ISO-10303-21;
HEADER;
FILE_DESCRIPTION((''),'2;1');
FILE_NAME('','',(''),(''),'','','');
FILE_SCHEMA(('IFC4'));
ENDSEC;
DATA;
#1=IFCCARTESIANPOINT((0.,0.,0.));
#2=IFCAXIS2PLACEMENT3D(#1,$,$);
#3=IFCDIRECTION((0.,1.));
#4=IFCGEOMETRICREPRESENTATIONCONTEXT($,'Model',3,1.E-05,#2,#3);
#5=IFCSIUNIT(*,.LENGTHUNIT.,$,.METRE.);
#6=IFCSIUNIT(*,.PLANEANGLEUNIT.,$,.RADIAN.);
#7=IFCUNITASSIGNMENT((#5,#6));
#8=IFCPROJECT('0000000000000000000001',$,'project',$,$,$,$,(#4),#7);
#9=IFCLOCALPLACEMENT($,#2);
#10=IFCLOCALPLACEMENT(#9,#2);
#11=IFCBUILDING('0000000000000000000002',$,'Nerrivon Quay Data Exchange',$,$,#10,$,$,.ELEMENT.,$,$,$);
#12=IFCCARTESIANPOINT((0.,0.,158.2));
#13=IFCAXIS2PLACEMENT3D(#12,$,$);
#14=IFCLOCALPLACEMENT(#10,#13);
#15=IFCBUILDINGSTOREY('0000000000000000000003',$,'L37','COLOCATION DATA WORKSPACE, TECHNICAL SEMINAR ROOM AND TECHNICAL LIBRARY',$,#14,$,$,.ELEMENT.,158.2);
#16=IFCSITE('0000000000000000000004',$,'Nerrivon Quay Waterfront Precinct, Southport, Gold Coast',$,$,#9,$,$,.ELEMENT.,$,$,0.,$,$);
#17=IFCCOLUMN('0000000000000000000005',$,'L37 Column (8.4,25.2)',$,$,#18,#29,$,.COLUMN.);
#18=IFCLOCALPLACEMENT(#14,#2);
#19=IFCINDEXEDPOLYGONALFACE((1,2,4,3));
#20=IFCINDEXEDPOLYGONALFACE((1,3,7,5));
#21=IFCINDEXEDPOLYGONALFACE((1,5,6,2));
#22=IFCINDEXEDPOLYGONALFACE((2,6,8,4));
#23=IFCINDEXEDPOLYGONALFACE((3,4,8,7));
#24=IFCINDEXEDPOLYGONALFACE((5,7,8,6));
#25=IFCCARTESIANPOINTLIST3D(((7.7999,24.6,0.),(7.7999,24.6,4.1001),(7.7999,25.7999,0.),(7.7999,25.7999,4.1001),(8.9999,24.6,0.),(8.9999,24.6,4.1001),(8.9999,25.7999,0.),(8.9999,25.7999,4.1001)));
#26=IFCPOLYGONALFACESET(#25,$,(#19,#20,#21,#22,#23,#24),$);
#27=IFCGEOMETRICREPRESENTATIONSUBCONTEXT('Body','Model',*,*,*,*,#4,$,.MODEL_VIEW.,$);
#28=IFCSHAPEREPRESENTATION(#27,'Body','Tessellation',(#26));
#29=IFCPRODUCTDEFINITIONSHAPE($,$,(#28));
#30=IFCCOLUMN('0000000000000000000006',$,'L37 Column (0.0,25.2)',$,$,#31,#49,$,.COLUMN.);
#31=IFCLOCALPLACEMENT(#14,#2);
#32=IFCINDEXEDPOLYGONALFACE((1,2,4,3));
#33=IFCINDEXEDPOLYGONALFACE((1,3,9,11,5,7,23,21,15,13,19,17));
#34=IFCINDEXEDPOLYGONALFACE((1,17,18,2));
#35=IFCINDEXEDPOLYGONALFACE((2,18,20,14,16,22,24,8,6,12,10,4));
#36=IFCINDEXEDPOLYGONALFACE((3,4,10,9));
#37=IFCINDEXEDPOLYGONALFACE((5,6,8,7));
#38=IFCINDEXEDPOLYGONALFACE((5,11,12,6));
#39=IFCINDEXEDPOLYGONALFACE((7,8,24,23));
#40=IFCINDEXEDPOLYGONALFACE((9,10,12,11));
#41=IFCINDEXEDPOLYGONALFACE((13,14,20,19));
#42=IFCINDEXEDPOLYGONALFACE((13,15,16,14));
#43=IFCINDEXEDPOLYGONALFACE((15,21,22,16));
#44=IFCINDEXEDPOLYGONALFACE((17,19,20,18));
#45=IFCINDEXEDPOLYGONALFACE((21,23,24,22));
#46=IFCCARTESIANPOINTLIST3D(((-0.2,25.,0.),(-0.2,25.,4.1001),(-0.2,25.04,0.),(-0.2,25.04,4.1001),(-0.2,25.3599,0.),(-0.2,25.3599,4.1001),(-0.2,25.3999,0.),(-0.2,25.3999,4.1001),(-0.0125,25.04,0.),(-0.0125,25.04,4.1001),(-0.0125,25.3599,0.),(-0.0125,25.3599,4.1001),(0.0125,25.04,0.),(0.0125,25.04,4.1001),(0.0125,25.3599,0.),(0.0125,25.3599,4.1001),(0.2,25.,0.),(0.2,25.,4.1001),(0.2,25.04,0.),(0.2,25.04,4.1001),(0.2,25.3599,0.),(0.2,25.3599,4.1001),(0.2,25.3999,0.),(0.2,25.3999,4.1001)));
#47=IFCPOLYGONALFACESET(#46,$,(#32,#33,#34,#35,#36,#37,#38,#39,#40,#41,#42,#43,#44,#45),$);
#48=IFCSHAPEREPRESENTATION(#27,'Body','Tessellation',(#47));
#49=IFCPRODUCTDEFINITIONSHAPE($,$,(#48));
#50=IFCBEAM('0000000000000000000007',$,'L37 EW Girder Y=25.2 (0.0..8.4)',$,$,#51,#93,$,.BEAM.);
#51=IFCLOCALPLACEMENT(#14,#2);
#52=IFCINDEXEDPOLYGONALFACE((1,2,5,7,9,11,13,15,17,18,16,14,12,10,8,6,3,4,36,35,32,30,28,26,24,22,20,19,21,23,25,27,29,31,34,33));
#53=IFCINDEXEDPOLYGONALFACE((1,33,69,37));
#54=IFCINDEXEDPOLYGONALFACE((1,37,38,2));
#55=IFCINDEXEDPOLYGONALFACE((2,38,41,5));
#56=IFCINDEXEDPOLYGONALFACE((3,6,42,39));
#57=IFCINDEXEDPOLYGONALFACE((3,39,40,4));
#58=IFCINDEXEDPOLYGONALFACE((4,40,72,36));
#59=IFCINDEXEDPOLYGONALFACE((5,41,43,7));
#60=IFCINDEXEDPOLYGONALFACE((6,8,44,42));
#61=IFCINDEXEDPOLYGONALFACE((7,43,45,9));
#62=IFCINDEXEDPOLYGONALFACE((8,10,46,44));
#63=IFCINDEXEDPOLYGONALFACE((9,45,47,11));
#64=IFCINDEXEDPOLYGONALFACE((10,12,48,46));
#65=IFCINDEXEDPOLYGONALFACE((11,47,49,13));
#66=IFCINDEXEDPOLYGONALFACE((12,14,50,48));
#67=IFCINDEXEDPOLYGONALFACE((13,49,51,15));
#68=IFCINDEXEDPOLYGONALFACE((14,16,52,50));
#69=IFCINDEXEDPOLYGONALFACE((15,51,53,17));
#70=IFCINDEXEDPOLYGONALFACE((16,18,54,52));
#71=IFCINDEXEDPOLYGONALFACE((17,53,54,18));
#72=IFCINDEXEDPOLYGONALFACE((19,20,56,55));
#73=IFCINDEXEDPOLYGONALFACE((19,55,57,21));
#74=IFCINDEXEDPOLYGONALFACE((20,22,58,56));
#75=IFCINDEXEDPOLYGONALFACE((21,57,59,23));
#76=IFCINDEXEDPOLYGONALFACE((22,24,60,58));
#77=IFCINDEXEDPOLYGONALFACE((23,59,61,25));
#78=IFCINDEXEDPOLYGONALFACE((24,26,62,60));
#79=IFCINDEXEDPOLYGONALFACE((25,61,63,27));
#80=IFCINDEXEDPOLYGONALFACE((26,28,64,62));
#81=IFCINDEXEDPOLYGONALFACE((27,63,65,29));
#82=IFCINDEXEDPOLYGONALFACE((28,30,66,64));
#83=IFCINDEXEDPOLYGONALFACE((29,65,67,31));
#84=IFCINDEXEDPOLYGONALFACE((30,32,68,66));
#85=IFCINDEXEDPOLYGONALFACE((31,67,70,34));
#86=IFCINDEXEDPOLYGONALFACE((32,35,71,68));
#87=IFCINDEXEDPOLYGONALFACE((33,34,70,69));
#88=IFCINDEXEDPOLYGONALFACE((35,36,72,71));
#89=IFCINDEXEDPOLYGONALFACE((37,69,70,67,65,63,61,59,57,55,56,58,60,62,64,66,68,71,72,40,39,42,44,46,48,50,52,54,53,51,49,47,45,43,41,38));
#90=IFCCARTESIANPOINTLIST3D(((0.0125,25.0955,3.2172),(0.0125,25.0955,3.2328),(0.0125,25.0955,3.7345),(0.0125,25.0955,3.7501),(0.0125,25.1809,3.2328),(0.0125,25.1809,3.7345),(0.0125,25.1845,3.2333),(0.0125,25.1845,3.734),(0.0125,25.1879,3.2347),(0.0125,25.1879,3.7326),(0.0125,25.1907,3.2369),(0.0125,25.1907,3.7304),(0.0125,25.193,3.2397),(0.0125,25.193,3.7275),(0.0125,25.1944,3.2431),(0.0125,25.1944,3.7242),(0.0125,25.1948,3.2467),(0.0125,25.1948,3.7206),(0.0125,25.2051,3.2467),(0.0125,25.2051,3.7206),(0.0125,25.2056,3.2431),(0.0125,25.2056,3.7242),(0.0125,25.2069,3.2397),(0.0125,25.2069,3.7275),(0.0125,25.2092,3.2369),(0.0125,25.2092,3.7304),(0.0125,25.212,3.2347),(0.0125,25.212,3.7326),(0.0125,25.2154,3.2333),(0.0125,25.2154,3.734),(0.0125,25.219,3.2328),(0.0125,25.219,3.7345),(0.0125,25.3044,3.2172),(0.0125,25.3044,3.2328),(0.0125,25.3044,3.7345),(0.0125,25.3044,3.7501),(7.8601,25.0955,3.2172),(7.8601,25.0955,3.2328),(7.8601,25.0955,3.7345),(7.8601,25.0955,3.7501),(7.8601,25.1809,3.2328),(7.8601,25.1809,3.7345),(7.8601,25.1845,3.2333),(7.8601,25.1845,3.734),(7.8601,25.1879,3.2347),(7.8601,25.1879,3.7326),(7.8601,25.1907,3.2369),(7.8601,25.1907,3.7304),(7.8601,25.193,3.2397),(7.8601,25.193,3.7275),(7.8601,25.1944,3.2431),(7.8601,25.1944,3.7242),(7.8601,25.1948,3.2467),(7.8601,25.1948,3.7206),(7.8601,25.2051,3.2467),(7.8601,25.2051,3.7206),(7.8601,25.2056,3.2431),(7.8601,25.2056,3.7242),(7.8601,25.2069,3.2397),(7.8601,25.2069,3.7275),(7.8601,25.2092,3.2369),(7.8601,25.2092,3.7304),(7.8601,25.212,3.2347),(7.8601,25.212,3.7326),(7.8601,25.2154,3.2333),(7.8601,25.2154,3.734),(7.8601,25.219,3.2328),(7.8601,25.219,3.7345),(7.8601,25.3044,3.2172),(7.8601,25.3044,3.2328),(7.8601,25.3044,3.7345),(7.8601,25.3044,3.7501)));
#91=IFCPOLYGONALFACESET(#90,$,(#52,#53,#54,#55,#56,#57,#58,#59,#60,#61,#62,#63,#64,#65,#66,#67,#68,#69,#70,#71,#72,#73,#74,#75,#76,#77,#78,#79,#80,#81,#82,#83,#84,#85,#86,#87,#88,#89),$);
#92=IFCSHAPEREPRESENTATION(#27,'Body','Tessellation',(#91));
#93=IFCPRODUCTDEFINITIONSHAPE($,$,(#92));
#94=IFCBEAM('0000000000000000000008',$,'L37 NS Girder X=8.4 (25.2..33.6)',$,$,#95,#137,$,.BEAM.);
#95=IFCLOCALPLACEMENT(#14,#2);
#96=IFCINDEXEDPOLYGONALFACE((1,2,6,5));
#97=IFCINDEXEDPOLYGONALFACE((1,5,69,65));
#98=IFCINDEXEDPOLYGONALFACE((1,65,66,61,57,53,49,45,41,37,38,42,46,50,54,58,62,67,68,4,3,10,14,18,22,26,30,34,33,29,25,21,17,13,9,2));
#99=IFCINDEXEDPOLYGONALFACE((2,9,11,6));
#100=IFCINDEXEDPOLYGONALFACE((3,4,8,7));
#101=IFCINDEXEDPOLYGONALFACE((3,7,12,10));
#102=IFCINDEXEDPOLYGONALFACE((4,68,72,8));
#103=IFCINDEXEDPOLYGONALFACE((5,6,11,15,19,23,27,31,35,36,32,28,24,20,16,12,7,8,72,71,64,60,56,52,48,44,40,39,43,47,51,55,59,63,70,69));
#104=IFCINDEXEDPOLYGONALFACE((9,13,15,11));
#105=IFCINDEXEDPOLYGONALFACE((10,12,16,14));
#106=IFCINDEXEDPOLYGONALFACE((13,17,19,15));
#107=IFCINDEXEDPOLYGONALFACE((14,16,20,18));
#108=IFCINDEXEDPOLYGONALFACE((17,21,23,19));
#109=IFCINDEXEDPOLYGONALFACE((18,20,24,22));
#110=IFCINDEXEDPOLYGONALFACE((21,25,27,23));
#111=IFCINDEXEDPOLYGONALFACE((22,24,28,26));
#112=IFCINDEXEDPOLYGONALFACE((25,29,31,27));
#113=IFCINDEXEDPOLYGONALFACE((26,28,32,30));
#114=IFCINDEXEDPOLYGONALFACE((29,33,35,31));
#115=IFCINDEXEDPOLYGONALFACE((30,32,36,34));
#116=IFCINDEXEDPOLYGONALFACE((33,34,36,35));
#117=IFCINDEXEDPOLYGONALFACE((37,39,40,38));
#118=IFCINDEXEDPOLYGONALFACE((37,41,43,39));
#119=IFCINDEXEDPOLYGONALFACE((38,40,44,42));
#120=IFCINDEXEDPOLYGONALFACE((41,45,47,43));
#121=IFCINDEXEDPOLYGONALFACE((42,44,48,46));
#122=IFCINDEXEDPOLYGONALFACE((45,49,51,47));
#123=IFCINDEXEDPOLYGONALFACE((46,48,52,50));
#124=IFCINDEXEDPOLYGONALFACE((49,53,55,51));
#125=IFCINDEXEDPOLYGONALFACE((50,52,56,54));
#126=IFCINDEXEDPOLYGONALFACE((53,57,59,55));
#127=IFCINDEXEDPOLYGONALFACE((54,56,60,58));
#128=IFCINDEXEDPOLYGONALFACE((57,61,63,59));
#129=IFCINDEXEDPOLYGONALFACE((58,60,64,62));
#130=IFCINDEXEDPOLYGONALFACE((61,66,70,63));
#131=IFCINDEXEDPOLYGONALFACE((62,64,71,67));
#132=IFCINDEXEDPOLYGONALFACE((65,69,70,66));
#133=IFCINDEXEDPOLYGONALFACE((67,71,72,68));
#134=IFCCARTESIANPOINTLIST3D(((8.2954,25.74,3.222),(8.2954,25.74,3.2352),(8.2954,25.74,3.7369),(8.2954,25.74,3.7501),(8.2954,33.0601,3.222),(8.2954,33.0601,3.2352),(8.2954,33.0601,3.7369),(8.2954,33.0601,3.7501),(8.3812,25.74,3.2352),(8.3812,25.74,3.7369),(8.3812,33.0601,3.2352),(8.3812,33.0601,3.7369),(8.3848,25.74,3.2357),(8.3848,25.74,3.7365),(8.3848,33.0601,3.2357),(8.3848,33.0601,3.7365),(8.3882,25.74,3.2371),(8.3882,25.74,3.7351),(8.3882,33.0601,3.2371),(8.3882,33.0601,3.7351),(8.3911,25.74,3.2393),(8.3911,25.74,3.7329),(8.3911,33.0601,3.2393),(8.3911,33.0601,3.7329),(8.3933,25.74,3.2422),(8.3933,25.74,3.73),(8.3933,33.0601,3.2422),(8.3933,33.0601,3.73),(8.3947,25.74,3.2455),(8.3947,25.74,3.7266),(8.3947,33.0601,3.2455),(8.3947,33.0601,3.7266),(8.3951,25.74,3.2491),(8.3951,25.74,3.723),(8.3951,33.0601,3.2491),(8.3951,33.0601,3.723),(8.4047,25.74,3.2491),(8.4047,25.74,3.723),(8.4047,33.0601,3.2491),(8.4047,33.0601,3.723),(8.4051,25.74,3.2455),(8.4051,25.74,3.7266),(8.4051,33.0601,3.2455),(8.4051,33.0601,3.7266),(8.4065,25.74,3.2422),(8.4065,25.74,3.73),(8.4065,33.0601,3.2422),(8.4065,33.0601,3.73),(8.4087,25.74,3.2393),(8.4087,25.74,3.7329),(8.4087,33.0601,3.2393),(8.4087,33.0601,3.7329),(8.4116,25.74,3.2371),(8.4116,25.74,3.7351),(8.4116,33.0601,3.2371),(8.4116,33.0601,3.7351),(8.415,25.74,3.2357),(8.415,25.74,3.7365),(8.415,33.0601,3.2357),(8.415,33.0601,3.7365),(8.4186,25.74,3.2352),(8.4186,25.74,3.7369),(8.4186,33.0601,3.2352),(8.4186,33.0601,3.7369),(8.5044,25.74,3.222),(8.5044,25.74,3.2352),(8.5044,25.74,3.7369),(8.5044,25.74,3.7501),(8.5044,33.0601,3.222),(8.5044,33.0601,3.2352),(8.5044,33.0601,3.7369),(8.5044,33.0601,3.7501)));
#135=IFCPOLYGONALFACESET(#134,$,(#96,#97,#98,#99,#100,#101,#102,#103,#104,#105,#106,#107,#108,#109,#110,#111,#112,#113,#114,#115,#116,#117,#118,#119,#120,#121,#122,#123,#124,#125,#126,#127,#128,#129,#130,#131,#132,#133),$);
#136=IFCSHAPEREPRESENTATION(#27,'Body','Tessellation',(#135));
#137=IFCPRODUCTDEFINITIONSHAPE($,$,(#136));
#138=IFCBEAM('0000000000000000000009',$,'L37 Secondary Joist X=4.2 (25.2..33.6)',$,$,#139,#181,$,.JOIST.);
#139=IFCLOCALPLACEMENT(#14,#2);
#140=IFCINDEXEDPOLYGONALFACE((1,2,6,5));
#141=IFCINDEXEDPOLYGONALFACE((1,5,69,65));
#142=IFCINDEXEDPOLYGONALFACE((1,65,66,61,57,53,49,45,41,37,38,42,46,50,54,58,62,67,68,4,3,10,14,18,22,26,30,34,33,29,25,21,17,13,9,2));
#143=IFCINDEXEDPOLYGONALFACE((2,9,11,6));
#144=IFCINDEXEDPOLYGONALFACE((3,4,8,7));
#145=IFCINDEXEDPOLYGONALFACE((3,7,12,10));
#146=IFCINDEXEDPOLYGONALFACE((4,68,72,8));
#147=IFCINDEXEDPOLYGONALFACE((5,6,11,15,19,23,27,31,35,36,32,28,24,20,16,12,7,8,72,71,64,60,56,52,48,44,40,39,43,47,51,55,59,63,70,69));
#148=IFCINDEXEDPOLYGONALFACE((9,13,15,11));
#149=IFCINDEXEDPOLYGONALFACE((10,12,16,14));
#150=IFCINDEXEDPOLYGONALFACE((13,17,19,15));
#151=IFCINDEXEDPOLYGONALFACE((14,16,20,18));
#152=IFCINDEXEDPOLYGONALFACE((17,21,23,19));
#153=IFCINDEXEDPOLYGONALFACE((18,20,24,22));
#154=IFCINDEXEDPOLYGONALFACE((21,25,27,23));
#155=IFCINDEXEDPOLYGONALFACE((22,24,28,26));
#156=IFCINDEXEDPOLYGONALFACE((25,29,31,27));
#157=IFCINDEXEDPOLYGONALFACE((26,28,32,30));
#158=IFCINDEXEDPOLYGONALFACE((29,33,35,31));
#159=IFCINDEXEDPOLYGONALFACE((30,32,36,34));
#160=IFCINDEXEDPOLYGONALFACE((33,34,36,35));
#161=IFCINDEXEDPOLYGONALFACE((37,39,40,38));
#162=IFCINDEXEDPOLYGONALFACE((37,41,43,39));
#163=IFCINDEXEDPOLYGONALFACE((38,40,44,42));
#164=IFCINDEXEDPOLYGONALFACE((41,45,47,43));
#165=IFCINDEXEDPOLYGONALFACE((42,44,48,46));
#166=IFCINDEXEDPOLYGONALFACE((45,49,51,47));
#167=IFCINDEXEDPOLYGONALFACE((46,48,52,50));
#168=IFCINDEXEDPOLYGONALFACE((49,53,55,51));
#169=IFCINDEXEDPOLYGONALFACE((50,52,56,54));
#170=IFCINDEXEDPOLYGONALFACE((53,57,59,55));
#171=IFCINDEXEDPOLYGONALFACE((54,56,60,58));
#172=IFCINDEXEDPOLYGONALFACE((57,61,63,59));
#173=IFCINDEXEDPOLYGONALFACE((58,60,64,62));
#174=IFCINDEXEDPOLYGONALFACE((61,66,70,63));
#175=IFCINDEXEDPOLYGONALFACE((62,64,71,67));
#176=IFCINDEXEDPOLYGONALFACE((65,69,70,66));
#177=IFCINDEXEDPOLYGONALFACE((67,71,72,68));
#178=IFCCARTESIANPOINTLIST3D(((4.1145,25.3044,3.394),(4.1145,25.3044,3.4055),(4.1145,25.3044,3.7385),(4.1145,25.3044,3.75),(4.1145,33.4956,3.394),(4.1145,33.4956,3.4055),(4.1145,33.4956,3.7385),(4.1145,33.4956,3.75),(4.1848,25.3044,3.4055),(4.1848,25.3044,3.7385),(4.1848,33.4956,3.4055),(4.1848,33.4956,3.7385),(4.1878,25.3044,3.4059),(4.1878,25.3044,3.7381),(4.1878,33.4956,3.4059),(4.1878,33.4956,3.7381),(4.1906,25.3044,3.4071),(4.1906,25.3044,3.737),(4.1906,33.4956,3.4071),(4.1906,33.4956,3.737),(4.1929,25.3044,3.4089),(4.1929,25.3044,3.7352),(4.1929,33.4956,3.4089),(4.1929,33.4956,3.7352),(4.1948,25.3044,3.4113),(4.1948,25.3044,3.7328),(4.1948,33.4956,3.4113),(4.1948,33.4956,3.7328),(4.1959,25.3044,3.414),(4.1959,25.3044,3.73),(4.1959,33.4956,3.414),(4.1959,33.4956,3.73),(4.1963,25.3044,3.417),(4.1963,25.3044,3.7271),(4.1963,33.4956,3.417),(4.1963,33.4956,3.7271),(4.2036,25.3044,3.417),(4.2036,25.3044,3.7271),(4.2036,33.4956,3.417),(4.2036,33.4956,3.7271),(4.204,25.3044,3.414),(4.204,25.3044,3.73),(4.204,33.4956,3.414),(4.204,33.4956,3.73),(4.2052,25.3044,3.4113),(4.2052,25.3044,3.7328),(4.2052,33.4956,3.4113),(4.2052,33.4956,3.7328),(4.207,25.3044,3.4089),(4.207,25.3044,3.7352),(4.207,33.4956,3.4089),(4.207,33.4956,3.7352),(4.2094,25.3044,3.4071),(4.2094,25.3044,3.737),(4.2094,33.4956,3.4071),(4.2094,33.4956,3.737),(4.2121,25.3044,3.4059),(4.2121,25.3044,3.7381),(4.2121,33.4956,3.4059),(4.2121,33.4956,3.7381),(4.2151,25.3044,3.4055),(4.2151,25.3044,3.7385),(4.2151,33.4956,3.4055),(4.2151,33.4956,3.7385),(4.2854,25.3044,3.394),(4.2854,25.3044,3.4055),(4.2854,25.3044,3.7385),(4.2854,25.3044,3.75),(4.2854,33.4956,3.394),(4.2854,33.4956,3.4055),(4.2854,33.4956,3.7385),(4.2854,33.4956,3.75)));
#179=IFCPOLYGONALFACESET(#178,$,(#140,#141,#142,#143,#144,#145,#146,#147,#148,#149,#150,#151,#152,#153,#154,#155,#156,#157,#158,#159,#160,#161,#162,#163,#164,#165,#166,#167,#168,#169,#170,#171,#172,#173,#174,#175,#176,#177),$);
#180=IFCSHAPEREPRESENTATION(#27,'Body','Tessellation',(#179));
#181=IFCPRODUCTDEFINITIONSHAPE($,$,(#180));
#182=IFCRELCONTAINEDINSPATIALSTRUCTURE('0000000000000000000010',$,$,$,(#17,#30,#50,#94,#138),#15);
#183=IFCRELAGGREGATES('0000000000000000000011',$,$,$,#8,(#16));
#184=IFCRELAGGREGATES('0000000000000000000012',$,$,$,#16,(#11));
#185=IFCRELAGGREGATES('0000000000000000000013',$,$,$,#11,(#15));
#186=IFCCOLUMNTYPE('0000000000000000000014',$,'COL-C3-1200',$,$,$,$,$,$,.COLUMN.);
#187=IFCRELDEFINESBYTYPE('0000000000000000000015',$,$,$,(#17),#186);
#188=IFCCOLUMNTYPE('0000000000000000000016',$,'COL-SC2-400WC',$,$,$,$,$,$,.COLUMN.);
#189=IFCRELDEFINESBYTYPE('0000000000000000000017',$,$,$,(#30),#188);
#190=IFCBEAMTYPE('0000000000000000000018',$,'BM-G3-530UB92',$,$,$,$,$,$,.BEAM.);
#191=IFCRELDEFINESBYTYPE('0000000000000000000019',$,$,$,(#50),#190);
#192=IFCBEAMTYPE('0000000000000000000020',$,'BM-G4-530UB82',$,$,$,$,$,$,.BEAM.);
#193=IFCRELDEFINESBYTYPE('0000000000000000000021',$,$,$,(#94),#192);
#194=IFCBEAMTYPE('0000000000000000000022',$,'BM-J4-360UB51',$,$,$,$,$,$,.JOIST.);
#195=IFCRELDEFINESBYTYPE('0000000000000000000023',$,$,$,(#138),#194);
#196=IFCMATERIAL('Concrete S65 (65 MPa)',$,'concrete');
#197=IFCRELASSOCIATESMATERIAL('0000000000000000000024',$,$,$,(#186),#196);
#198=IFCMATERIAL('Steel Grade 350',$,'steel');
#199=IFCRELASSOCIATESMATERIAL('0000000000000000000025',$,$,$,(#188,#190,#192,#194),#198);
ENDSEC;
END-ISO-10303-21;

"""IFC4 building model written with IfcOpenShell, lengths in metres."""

from ifc_helpers import new_model, si_unit, direction, frame, origin, origin_2d, place, context, subcontext, project, spatial, rectangle, i_section, extrude, material, material_profile, profile_set, type_object, element, save


model = new_model("IFC4")

# Units and contexts
model_context = context("Model", 3, precision=1e-05, world=origin(), true_north=direction((0.0, 1.0)))
body_context = subcontext(model_context, "Body", "Model", "MODEL_VIEW")
ifc_project = project(units=[si_unit("LENGTHUNIT", "METRE"), si_unit("PLANEANGLEUNIT", "RADIAN")], contexts=[model_context])

# Site, building, storey
site_placement = place(None, origin())
site = spatial("IfcSite", under=ifc_project, at=site_placement, Name="Nerrivon Quay Waterfront Precinct, Southport, Gold Coast", CompositionType="ELEMENT", RefElevation=0.0)
building_placement = place(site_placement, origin())
building = spatial("IfcBuilding", under=site, at=building_placement, Name="Nerrivon Quay Data Exchange", CompositionType="ELEMENT")
storey_placement = place(building_placement, frame((0.0, 0.0, 158.2)))
storey = spatial("IfcBuildingStorey", under=building, at=storey_placement, Name="L37", Description="COLOCATION DATA WORKSPACE, TECHNICAL SEMINAR ROOM AND TECHNICAL LIBRARY", CompositionType="ELEMENT", Elevation=158.2)

# Columns
ifc_material_1 = material(Name="Concrete S65 (65 MPa)", Category="concrete")
ifc_material_profile_1 = material_profile(ifc_material_1, rectangle(XDim=1.2, YDim=1.2, at=origin_2d()), Name="RC-COL-1200x1200")
ifc_profile_set_1 = profile_set([ifc_material_profile_1], Name="Concrete S65 (65 MPa)")
column_type_1 = type_object("IfcColumnType", Name="COL-C3-1200", PredefinedType="COLUMN", material=ifc_profile_set_1)
column_1_placement = place(storey_placement, frame((8.3999, 25.2, 0.0), z_axis=(0.0, 0.0, 1.0), x_axis=(1.0, 0.0, 0.0)))
element("IfcColumn", 1, at=column_1_placement, inside=storey, type_object=column_type_1, Name="L37 Column (8.4,25.2)", PredefinedType="COLUMN", context=body_context, shape_type="SweptSolid", body=[
    extrude(rectangle(XDim=1.2, YDim=1.2, at=origin_2d()), origin(), (0.0, 0.0, 1.0), 4.1001),
])
ifc_material_2 = material(Name="Steel Grade 350", Category="steel")
ifc_material_profile_2 = material_profile(ifc_material_2, i_section(OverallWidth=0.3999, OverallDepth=0.3999, WebThickness=0.0249, FlangeThickness=0.04, at=origin_2d()), Name="400WC328")
ifc_profile_set_2 = profile_set([ifc_material_profile_2], Name="Steel Grade 350")
column_type_2 = type_object("IfcColumnType", Name="COL-SC2-400WC", PredefinedType="COLUMN", material=ifc_profile_set_2)
column_2_placement = place(storey_placement, frame((0.0, 25.2, 0.0), z_axis=(0.0, 0.0, 1.0), x_axis=(1.0, 0.0, 0.0)))
element("IfcColumn", 2, at=column_2_placement, inside=storey, type_object=column_type_2, Name="L37 Column (0.0,25.2)", PredefinedType="COLUMN", context=body_context, shape_type="SweptSolid", body=[
    extrude(i_section(OverallWidth=0.3999, OverallDepth=0.3999, WebThickness=0.0249, FlangeThickness=0.04, at=origin_2d()), origin(), (0.0, 0.0, 1.0), 4.1001),
])

# Beams
ifc_material_profile_3 = material_profile(ifc_material_2, i_section(OverallWidth=0.209, OverallDepth=0.533, WebThickness=0.0103, FlangeThickness=0.0156, FilletRadius=0.0139, at=origin_2d()), Name="530UB92.4")
ifc_profile_set_3 = profile_set([ifc_material_profile_3], Name="Steel Grade 350")
beam_type_1 = type_object("IfcBeamType", Name="BM-G3-530UB92", PredefinedType="BEAM", material=ifc_profile_set_3)
beam_1_placement = place(storey_placement, frame((0.0125, 25.2, 3.4836), z_axis=(1.0, 0.0, 0.0), x_axis=(0.0, 1.0, 0.0)))
element("IfcBeam", 3, at=beam_1_placement, inside=storey, type_object=beam_type_1, Name="L37 EW Girder Y=25.2 (0.0..8.4)", PredefinedType="BEAM", context=body_context, shape_type="SweptSolid", body=[
    extrude(i_section(OverallWidth=0.209, OverallDepth=0.533, WebThickness=0.0103, FlangeThickness=0.0156, FilletRadius=0.0139, at=origin_2d()), origin(), (0.0, 0.0, 1.0), 7.8477),
])
ifc_material_profile_4 = material_profile(ifc_material_2, i_section(OverallWidth=0.209, OverallDepth=0.5281, WebThickness=0.0095, FlangeThickness=0.0132, FilletRadius=0.0139, at=origin_2d()), Name="530UB82.0")
ifc_profile_set_4 = profile_set([ifc_material_profile_4], Name="Steel Grade 350")
beam_type_2 = type_object("IfcBeamType", Name="BM-G4-530UB82", PredefinedType="BEAM", material=ifc_profile_set_4)
beam_2_placement = place(storey_placement, frame((8.3999, 25.74, 3.4861), z_axis=(0.0, 1.0, 0.0), x_axis=(-1.0, 0.0, 0.0)))
element("IfcBeam", 4, at=beam_2_placement, inside=storey, type_object=beam_type_2, Name="L37 NS Girder X=8.4 (25.2..33.6)", PredefinedType="BEAM", context=body_context, shape_type="SweptSolid", body=[
    extrude(i_section(OverallWidth=0.209, OverallDepth=0.5281, WebThickness=0.0095, FlangeThickness=0.0132, FilletRadius=0.0139, at=origin_2d()), origin(), (0.0, 0.0, 1.0), 7.3201),
])
ifc_material_profile_5 = material_profile(ifc_material_2, i_section(OverallWidth=0.1709, OverallDepth=0.356, WebThickness=0.0073, FlangeThickness=0.0115, FilletRadius=0.0115, at=origin_2d()), Name="360UB50.7")
ifc_profile_set_5 = profile_set([ifc_material_profile_5], Name="Steel Grade 350")
beam_type_3 = type_object("IfcBeamType", Name="BM-J4-360UB51", PredefinedType="JOIST", material=ifc_profile_set_5)
beam_3_placement = place(storey_placement, frame((4.2, 25.3044, 3.572), z_axis=(0.0, 1.0, 0.0), x_axis=(-1.0, 0.0, 0.0)))
element("IfcBeam", 5, at=beam_3_placement, inside=storey, type_object=beam_type_3, Name="L37 Secondary Joist X=4.2 (25.2..33.6)", PredefinedType="JOIST", context=body_context, shape_type="SweptSolid", body=[
    extrude(i_section(OverallWidth=0.1709, OverallDepth=0.356, WebThickness=0.0073, FlangeThickness=0.0115, FilletRadius=0.0115, at=origin_2d()), origin(), (0.0, 0.0, 1.0), 8.1912),
])

save(model, "model.ifc")
